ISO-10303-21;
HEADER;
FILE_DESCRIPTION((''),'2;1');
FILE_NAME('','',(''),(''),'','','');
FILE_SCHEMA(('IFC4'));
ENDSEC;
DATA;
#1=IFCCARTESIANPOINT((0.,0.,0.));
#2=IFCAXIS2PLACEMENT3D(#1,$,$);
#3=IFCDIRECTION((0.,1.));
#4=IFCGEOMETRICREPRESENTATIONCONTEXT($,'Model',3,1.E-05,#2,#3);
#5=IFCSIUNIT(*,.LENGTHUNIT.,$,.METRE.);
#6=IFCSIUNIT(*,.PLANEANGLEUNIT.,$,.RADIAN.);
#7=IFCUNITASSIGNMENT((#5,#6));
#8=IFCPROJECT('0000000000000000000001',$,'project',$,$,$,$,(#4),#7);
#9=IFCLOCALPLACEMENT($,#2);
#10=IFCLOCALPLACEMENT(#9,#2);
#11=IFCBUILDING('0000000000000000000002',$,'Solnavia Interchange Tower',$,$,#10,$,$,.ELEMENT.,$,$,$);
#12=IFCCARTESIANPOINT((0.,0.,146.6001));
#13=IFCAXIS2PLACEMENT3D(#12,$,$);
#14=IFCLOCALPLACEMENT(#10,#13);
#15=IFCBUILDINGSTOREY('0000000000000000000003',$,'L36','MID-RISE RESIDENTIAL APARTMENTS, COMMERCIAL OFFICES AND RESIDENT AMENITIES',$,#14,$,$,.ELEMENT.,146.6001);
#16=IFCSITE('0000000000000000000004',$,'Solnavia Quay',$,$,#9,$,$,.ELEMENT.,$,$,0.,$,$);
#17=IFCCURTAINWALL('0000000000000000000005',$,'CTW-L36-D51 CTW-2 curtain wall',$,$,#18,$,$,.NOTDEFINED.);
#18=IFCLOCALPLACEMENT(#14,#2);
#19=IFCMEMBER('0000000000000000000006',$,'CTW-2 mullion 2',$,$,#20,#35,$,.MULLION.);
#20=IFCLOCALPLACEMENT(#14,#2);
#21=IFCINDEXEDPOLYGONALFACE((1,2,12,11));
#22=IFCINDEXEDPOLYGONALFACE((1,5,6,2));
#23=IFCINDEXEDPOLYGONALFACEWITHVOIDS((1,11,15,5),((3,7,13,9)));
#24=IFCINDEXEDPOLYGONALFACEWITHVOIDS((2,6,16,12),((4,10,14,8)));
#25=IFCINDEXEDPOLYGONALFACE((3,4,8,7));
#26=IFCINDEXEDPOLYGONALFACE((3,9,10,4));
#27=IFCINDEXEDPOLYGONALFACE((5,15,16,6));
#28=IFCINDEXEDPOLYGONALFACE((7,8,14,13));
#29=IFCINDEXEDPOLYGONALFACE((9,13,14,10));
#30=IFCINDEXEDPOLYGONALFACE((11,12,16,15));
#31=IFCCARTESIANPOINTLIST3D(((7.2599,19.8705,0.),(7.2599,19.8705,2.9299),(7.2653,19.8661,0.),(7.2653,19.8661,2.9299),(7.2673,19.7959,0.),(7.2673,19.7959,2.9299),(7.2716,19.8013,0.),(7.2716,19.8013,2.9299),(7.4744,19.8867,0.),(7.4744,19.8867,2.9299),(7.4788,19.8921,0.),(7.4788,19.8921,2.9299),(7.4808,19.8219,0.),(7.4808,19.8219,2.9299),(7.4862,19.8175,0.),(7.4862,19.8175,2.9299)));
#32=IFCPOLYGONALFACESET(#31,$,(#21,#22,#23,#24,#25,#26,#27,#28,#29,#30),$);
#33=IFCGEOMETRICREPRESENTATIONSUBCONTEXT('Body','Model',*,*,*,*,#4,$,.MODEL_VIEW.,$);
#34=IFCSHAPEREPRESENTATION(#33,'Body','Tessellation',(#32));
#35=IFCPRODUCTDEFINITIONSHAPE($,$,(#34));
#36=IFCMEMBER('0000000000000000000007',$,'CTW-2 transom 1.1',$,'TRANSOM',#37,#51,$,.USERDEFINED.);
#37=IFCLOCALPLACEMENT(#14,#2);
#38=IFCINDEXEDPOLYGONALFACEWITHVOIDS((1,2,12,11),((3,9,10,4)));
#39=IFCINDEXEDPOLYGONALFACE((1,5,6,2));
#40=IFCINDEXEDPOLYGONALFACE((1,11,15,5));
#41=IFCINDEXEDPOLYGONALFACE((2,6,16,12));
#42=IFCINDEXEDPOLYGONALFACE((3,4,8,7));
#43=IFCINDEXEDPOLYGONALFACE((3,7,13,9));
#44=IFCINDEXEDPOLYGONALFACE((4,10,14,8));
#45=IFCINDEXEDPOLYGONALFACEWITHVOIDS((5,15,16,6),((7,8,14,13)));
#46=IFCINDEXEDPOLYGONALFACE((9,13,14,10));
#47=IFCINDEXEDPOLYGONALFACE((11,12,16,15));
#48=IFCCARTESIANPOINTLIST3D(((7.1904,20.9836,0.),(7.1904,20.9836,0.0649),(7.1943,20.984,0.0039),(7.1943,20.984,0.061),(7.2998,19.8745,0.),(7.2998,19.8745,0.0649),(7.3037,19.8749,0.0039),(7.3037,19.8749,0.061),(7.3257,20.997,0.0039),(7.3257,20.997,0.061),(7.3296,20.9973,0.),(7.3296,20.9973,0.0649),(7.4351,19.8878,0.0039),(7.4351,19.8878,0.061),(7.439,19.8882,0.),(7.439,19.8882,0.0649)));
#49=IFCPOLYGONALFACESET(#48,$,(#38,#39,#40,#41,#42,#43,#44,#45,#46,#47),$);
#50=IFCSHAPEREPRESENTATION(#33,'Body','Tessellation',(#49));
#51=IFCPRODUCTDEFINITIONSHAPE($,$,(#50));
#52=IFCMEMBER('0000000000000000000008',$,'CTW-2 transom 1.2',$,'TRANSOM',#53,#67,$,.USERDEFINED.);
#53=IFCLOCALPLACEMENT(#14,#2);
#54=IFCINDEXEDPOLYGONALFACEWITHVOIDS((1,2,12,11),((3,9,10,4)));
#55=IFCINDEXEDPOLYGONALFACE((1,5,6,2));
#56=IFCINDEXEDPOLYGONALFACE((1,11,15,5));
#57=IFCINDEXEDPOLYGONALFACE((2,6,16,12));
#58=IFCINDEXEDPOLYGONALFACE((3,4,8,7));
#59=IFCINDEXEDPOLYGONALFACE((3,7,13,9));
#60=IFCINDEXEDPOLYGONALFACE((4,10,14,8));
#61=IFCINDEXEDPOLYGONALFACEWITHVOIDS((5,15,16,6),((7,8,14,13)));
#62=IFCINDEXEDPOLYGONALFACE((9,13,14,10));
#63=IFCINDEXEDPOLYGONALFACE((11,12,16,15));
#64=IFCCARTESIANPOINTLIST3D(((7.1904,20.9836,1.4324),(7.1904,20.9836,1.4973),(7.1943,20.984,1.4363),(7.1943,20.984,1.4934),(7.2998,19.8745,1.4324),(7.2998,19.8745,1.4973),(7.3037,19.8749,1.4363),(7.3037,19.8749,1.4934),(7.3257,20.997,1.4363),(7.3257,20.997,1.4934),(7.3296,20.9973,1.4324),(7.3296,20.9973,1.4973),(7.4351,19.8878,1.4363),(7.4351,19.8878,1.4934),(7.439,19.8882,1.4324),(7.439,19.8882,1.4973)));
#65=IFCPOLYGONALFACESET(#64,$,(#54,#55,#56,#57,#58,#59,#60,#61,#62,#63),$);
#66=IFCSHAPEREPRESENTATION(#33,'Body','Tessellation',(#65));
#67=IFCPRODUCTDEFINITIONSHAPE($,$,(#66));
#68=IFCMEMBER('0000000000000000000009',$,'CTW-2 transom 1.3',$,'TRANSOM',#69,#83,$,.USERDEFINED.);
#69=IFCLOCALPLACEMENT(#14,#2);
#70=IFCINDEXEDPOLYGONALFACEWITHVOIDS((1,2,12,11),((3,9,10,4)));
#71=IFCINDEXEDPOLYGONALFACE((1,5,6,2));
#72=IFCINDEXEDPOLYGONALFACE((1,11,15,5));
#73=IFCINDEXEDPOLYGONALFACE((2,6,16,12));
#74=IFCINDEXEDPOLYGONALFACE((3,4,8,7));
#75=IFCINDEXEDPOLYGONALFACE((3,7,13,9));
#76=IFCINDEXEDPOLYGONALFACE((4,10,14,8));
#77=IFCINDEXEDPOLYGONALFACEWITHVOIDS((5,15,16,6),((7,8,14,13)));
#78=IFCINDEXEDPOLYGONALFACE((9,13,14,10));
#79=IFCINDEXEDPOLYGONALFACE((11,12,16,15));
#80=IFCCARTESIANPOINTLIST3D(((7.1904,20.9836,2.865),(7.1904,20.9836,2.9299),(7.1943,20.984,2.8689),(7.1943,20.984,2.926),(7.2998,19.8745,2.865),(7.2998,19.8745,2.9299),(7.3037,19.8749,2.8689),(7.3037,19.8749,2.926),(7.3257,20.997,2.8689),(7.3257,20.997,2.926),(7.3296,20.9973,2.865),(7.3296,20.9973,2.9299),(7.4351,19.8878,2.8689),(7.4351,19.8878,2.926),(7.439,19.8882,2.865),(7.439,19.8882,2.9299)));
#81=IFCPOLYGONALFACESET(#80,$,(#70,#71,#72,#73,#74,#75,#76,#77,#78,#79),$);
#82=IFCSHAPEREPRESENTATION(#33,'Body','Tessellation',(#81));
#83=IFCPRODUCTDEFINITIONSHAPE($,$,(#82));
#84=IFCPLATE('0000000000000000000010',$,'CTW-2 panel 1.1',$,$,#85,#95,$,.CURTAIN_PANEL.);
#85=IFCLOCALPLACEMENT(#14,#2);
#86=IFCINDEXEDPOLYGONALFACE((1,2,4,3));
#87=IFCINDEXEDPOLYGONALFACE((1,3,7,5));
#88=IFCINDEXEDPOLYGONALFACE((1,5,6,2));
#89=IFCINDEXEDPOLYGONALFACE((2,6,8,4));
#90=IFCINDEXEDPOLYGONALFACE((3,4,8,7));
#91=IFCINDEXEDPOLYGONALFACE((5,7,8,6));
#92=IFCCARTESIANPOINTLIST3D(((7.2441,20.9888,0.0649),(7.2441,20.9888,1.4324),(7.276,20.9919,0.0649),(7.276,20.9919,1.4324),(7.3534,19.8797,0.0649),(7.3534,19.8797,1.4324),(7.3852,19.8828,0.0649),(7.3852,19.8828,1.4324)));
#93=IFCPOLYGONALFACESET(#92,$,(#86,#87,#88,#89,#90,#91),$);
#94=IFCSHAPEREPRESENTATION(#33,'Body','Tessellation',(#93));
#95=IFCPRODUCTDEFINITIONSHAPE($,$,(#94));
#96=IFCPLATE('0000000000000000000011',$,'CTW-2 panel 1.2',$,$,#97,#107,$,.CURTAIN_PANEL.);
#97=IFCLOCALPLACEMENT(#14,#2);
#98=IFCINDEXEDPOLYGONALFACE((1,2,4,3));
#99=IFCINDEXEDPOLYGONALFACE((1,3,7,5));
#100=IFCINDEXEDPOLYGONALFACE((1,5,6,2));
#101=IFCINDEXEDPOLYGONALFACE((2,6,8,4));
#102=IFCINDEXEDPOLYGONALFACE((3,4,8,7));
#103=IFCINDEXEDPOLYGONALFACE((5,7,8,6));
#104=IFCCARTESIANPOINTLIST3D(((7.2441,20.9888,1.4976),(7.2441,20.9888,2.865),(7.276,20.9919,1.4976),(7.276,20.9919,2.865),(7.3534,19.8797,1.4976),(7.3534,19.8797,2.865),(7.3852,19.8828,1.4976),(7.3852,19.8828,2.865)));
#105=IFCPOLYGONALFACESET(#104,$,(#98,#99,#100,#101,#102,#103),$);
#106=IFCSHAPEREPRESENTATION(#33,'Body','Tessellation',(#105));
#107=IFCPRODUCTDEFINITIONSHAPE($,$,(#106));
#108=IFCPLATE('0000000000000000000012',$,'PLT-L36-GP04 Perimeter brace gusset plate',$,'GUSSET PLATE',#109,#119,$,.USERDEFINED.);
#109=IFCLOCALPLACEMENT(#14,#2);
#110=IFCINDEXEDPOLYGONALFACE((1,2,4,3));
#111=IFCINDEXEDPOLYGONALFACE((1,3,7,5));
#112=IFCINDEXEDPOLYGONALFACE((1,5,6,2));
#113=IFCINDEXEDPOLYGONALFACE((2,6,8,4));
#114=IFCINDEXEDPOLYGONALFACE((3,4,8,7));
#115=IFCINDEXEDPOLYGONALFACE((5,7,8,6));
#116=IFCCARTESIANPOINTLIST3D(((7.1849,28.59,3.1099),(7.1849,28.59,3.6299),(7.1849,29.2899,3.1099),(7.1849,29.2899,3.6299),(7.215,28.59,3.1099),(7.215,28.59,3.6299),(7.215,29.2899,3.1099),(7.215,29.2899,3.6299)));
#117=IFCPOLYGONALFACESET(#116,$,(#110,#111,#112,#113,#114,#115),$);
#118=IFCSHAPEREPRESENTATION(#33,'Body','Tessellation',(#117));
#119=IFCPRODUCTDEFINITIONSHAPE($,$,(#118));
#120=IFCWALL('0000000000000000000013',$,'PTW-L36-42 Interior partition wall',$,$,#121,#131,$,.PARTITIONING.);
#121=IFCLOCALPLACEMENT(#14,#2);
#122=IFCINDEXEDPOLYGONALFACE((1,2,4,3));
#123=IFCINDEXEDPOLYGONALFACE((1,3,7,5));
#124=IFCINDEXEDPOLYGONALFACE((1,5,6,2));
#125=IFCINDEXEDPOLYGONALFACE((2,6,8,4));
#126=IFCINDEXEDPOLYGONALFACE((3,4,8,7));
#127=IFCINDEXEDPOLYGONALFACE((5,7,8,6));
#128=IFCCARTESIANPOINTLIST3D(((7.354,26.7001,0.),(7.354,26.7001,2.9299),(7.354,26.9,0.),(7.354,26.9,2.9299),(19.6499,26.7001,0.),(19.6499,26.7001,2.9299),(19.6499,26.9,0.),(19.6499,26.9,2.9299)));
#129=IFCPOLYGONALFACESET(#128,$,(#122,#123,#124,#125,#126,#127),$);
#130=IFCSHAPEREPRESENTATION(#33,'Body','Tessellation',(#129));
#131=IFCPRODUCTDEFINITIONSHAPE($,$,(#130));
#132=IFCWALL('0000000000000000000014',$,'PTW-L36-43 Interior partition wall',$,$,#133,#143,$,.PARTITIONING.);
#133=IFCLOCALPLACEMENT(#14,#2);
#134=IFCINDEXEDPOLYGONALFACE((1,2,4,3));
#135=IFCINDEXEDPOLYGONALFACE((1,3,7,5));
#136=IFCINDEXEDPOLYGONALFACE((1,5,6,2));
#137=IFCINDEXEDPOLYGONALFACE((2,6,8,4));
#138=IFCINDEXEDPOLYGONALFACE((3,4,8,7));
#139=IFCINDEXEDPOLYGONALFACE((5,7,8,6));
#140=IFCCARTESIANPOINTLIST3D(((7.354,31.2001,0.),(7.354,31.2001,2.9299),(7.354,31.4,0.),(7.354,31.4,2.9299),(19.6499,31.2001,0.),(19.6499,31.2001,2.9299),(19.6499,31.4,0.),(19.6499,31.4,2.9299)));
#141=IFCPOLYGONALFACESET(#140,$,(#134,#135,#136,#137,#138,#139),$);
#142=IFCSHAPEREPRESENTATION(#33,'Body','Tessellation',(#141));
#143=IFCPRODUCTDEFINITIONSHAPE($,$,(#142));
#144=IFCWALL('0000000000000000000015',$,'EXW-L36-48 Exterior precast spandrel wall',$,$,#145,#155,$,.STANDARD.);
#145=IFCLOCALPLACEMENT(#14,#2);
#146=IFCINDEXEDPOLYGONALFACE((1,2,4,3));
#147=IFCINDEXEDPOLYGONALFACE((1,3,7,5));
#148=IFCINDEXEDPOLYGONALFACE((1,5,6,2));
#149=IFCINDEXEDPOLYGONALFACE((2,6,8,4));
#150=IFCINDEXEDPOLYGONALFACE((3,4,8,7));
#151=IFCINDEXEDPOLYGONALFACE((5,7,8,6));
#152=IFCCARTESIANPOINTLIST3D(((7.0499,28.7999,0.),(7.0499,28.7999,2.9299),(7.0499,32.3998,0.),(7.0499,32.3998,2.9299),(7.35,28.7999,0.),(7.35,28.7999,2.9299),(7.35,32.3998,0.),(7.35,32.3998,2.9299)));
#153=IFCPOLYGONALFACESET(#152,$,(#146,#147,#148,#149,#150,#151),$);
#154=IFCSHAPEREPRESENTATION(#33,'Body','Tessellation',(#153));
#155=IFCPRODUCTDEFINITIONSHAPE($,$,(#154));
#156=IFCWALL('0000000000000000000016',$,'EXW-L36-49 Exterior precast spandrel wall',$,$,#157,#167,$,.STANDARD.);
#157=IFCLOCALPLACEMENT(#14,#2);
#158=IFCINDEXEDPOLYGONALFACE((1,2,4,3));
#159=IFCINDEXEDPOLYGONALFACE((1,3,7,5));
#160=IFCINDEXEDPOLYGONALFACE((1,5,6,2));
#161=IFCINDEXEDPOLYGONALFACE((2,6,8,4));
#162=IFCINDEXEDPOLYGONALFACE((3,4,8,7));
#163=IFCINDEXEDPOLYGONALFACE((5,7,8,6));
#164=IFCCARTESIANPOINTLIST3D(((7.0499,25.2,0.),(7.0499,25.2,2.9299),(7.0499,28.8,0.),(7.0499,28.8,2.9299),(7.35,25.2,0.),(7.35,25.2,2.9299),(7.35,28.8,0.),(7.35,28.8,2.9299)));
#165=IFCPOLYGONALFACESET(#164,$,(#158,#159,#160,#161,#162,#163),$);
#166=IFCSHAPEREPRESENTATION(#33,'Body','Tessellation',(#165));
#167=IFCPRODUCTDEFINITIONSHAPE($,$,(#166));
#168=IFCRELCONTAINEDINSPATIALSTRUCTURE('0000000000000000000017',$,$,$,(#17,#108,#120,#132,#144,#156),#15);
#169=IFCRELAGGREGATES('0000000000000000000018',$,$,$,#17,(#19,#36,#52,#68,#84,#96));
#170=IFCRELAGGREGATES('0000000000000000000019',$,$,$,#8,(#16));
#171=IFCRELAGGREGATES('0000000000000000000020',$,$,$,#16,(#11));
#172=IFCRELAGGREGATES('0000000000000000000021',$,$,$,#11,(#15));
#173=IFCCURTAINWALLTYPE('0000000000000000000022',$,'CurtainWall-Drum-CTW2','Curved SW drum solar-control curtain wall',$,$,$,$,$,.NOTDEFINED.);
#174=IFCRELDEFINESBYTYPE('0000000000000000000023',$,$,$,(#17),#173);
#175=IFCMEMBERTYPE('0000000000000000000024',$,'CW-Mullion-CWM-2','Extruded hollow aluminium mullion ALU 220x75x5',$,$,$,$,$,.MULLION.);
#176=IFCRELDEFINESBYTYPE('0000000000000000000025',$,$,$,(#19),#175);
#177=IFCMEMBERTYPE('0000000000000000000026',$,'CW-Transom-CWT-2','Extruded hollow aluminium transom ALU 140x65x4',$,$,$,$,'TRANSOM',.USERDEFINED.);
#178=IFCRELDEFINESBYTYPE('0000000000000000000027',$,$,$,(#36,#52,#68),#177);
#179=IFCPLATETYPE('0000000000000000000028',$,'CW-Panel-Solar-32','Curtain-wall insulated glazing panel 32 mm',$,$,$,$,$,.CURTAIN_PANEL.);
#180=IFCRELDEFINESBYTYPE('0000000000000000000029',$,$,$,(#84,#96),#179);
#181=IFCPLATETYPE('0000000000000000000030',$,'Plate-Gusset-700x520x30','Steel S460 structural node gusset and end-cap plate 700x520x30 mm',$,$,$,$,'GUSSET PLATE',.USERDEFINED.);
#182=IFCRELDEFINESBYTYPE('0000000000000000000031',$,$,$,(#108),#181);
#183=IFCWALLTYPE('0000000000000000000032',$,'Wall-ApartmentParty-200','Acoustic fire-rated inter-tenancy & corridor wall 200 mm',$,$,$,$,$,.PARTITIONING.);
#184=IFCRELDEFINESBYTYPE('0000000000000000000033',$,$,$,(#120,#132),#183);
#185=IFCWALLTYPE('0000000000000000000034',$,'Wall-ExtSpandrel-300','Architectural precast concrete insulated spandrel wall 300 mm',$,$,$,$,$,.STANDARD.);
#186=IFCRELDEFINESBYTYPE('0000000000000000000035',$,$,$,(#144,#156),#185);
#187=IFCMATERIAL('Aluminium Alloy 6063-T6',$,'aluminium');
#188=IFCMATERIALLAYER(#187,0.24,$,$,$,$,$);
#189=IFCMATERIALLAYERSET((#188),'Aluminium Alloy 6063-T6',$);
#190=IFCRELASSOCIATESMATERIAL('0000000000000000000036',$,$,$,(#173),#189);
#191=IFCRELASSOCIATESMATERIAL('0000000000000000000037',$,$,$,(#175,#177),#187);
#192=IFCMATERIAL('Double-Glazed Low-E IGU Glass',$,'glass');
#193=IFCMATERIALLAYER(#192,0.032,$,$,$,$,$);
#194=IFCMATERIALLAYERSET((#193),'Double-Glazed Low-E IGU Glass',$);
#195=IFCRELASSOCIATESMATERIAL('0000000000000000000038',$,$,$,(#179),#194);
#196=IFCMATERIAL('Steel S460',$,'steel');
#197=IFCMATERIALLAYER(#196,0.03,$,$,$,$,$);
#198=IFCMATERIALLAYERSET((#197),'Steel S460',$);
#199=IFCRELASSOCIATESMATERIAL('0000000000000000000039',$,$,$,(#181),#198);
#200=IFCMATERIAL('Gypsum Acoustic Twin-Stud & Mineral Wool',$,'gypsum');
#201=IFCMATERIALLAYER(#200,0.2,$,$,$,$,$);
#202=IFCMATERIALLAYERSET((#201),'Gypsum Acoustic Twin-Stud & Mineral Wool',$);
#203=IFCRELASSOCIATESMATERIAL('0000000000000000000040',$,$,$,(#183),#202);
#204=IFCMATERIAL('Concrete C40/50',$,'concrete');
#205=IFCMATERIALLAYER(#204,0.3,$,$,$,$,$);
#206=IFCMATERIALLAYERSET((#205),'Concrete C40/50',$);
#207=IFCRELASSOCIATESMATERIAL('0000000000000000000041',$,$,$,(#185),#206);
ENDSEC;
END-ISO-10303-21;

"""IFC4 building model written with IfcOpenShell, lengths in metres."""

from ifc_helpers import new_model, si_unit, direction, frame, frame_2d, origin, origin_2d, place, context, subcontext, project, spatial, rectangle, hollow_rectangle, extrude, material, layer, layer_set, material_profile, profile_set, type_object, element, aggregate, save


model = new_model("IFC4")

# Units and contexts
model_context = context("Model", 3, precision=1e-05, world=origin(), true_north=direction((0.0, 1.0)))
body_context = subcontext(model_context, "Body", "Model", "MODEL_VIEW")
ifc_project = project(units=[si_unit("LENGTHUNIT", "METRE"), si_unit("PLANEANGLEUNIT", "RADIAN")], contexts=[model_context])

# Site, building, storey
site_placement = place(None, origin())
site = spatial("IfcSite", under=ifc_project, at=site_placement, Name="Solnavia Quay", CompositionType="ELEMENT", RefElevation=0.0)
building_placement = place(site_placement, origin())
building = spatial("IfcBuilding", under=site, at=building_placement, Name="Solnavia Interchange Tower", CompositionType="ELEMENT")
storey_placement = place(building_placement, frame((0.0, 0.0, 146.6001)))
storey = spatial("IfcBuildingStorey", under=building, at=storey_placement, Name="L36", Description="MID-RISE RESIDENTIAL APARTMENTS, COMMERCIAL OFFICES AND RESIDENT AMENITIES", CompositionType="ELEMENT", Elevation=146.6001)

# Shared definitions
ifc_material_1 = material(Name="Steel S460", Category="steel")

# Curtain wall, members, plates
ifc_material_2 = material(Name="Aluminium Alloy 6063-T6", Category="aluminium")
ifc_layer_1 = layer(ifc_material_2, 0.24)
ifc_layer_set_1 = layer_set([ifc_layer_1], Name="Aluminium Alloy 6063-T6")
curtain_wall_type = type_object("IfcCurtainWallType", Name="CurtainWall-Drum-CTW2", Description="Curved SW drum solar-control curtain wall", PredefinedType="NOTDEFINED", material=ifc_layer_set_1)
curtain_wall_placement = place(storey_placement, origin())
curtain_wall = element("IfcCurtainWall", 1, at=curtain_wall_placement, inside=storey, type_object=curtain_wall_type, Name="CTW-L36-D51 CTW-2 curtain wall", PredefinedType="NOTDEFINED")
ifc_material_profile_1 = material_profile(ifc_material_2, hollow_rectangle(XDim=0.075, YDim=0.22, WallThickness=0.0049, at=origin_2d()), Name="ALU 220x75x5")
ifc_profile_set_1 = profile_set([ifc_material_profile_1], Name="Aluminium Alloy 6063-T6")
member_type_1 = type_object("IfcMemberType", Name="CW-Mullion-CWM-2", Description="Extruded hollow aluminium mullion ALU 220x75x5", PredefinedType="MULLION", material=ifc_profile_set_1)
member_1_placement = place(storey_placement, frame((7.373, 19.844, 0.0), z_axis=(0.0, 0.0, 1.0), x_axis=(0.098043, -0.995182, 0.0)))
member_1 = element("IfcMember", 2, at=member_1_placement, type_object=member_type_1, Name="CTW-2 mullion 2", PredefinedType="MULLION", context=body_context, shape_type="SweptSolid", body=[
    extrude(hollow_rectangle(XDim=0.075, YDim=0.22, WallThickness=0.0049, at=origin_2d()), origin(), (0.0, 0.0, 1.0), 2.9299),
])
ifc_material_profile_2 = material_profile(ifc_material_2, hollow_rectangle(XDim=0.0649, YDim=0.1399, WallThickness=0.0039, at=origin_2d()), Name="ALU 140x65x4")
ifc_profile_set_2 = profile_set([ifc_material_profile_2], Name="Aluminium Alloy 6063-T6")
member_type_2 = type_object("IfcMemberType", Name="CW-Transom-CWT-2", Description="Extruded hollow aluminium transom ALU 140x65x4", ElementType="TRANSOM", PredefinedType="USERDEFINED", material=ifc_profile_set_2)
member_2_placement = place(storey_placement, frame((7.26, 20.9905, 0.0325), z_axis=(0.098137, -0.995173, 0.0), x_axis=(0.0, 0.0, 1.0)))
member_2 = element("IfcMember", 3, at=member_2_placement, type_object=member_type_2, Name="CTW-2 transom 1.1", ObjectType="TRANSOM", PredefinedType="USERDEFINED", context=body_context, shape_type="SweptSolid", body=[
    extrude(hollow_rectangle(XDim=0.0649, YDim=0.1399, WallThickness=0.0039, at=origin_2d()), origin(), (0.0, 0.0, 1.0), 1.1145),
])
member_3_placement = place(storey_placement, frame((7.26, 20.9905, 1.4648), z_axis=(0.098137, -0.995173, 0.0), x_axis=(0.0, 0.0, 1.0)))
member_3 = element("IfcMember", 4, at=member_3_placement, type_object=member_type_2, Name="CTW-2 transom 1.2", ObjectType="TRANSOM", PredefinedType="USERDEFINED", context=body_context, shape_type="SweptSolid", body=[
    extrude(hollow_rectangle(XDim=0.0649, YDim=0.1399, WallThickness=0.0039, at=origin_2d()), origin(), (0.0, 0.0, 1.0), 1.1145),
])
member_4_placement = place(storey_placement, frame((7.26, 20.9905, 2.8975), z_axis=(0.098137, -0.995173, 0.0), x_axis=(0.0, 0.0, 1.0)))
member_4 = element("IfcMember", 5, at=member_4_placement, type_object=member_type_2, Name="CTW-2 transom 1.3", ObjectType="TRANSOM", PredefinedType="USERDEFINED", context=body_context, shape_type="SweptSolid", body=[
    extrude(hollow_rectangle(XDim=0.0649, YDim=0.1399, WallThickness=0.0039, at=origin_2d()), origin(), (0.0, 0.0, 1.0), 1.1145),
])
ifc_material_3 = material(Name="Double-Glazed Low-E IGU Glass", Category="glass")
ifc_layer_2 = layer(ifc_material_3, 0.032)
ifc_layer_set_2 = layer_set([ifc_layer_2], Name="Double-Glazed Low-E IGU Glass")
plate_type_1 = type_object("IfcPlateType", Name="CW-Panel-Solar-32", Description="Curtain-wall insulated glazing panel 32 mm", PredefinedType="CURTAIN_PANEL", material=ifc_layer_set_2)
plate_1_placement = place(storey_placement, frame((7.3147, 20.4358, 0.0649), z_axis=(0.0, 0.0, 1.0), x_axis=(0.098043, -0.995182, 0.0)))
plate_1 = element("IfcPlate", 6, at=plate_1_placement, type_object=plate_type_1, Name="CTW-2 panel 1.1", PredefinedType="CURTAIN_PANEL", context=body_context, shape_type="SweptSolid", body=[
    extrude(rectangle(XDim=1.1145, YDim=0.032, at=origin_2d()), origin(), (0.0, 0.0, 1.0), 1.3674),
])
plate_2_placement = place(storey_placement, frame((7.3147, 20.4358, 1.4976), z_axis=(0.0, 0.0, 1.0), x_axis=(0.098043, -0.995182, 0.0)))
plate_2 = element("IfcPlate", 7, at=plate_2_placement, type_object=plate_type_1, Name="CTW-2 panel 1.2", PredefinedType="CURTAIN_PANEL", context=body_context, shape_type="SweptSolid", body=[
    extrude(rectangle(XDim=1.1145, YDim=0.032, at=origin_2d()), origin(), (0.0, 0.0, 1.0), 1.3674),
])
aggregate(curtain_wall, [member_1, member_2, member_3, member_4, plate_1, plate_2])

# Plate
ifc_layer_3 = layer(ifc_material_1, 0.03)
ifc_layer_set_3 = layer_set([ifc_layer_3], Name="Steel S460")
plate_type_2 = type_object("IfcPlateType", Name="Plate-Gusset-700x520x30", Description="Steel S460 structural node gusset and end-cap plate 700x520x30 mm", ElementType="GUSSET PLATE", PredefinedType="USERDEFINED", material=ifc_layer_set_3)
plate_3_placement = place(storey_placement, frame((7.2, 28.9399, 3.1099), z_axis=(0.0, 0.0, 1.0), x_axis=(0.0, -1.0, 0.0)))
element("IfcPlate", 8, at=plate_3_placement, inside=storey, type_object=plate_type_2, Name="PLT-L36-GP04 Perimeter brace gusset plate", ObjectType="GUSSET PLATE", PredefinedType="USERDEFINED", context=body_context, shape_type="SweptSolid", body=[
    extrude(rectangle(XDim=0.7, YDim=0.03, at=origin_2d()), origin(), (0.0, 0.0, 1.0), 0.52),
])

# Walls
ifc_material_4 = material(Name="Gypsum Acoustic Twin-Stud & Mineral Wool", Category="gypsum")
ifc_layer_4 = layer(ifc_material_4, 0.2)
ifc_layer_set_4 = layer_set([ifc_layer_4], Name="Gypsum Acoustic Twin-Stud & Mineral Wool")
wall_type_1 = type_object("IfcWallType", Name="Wall-ApartmentParty-200", Description="Acoustic fire-rated inter-tenancy & corridor wall 200 mm", PredefinedType="PARTITIONING", material=ifc_layer_set_4)
for number, where, z_axis, x_axis, name in (
    (9, (7.354, 26.8, 0.0), (0.0, 0.0, 1.0), (1.0, 0.0, 0.0), "PTW-L36-42 Interior partition wall"),
    (10, (7.354, 31.3, 0.0), (0.0, 0.0, 1.0), (1.0, 0.0, 0.0), "PTW-L36-43 Interior partition wall"),
):
    element("IfcWall", number, at=place(storey_placement, frame(where, z_axis=z_axis, x_axis=x_axis)), inside=storey, type_object=wall_type_1, Name=name, PredefinedType="PARTITIONING", context=body_context, shape_type="SweptSolid", body=[
        extrude(rectangle(XDim=12.2959, YDim=0.2, at=frame_2d((6.1479, 0.0))), origin(), (0.0, 0.0, 1.0), 2.9299),
    ])
ifc_material_5 = material(Name="Concrete C40/50", Category="concrete")
ifc_layer_5 = layer(ifc_material_5, 0.3)
ifc_layer_set_5 = layer_set([ifc_layer_5], Name="Concrete C40/50")
wall_type_2 = type_object("IfcWallType", Name="Wall-ExtSpandrel-300", Description="Architectural precast concrete insulated spandrel wall 300 mm", PredefinedType="STANDARD", material=ifc_layer_set_5)
wall_1_placement = place(storey_placement, frame((7.2, 28.8, 0.0), z_axis=(0.0, 0.0, 1.0), x_axis=(0.0, 1.0, 0.0)))
element("IfcWall", 11, at=wall_1_placement, inside=storey, type_object=wall_type_2, Name="EXW-L36-48 Exterior precast spandrel wall", PredefinedType="STANDARD", context=body_context, shape_type="SweptSolid", body=[
    extrude(rectangle(XDim=3.5999, YDim=0.3, at=frame_2d((1.7998, 0.0))), origin(), (0.0, 0.0, 1.0), 2.9299),
])
wall_2_placement = place(storey_placement, frame((7.2, 25.2, 0.0), z_axis=(0.0, 0.0, 1.0), x_axis=(0.0, 1.0, 0.0)))
element("IfcWall", 12, at=wall_2_placement, inside=storey, type_object=wall_type_2, Name="EXW-L36-49 Exterior precast spandrel wall", PredefinedType="STANDARD", context=body_context, shape_type="SweptSolid", body=[
    extrude(rectangle(XDim=3.6001, YDim=0.3, at=frame_2d((1.8, 0.0))), origin(), (0.0, 0.0, 1.0), 2.9299),
])

save(model, "model.ifc")
